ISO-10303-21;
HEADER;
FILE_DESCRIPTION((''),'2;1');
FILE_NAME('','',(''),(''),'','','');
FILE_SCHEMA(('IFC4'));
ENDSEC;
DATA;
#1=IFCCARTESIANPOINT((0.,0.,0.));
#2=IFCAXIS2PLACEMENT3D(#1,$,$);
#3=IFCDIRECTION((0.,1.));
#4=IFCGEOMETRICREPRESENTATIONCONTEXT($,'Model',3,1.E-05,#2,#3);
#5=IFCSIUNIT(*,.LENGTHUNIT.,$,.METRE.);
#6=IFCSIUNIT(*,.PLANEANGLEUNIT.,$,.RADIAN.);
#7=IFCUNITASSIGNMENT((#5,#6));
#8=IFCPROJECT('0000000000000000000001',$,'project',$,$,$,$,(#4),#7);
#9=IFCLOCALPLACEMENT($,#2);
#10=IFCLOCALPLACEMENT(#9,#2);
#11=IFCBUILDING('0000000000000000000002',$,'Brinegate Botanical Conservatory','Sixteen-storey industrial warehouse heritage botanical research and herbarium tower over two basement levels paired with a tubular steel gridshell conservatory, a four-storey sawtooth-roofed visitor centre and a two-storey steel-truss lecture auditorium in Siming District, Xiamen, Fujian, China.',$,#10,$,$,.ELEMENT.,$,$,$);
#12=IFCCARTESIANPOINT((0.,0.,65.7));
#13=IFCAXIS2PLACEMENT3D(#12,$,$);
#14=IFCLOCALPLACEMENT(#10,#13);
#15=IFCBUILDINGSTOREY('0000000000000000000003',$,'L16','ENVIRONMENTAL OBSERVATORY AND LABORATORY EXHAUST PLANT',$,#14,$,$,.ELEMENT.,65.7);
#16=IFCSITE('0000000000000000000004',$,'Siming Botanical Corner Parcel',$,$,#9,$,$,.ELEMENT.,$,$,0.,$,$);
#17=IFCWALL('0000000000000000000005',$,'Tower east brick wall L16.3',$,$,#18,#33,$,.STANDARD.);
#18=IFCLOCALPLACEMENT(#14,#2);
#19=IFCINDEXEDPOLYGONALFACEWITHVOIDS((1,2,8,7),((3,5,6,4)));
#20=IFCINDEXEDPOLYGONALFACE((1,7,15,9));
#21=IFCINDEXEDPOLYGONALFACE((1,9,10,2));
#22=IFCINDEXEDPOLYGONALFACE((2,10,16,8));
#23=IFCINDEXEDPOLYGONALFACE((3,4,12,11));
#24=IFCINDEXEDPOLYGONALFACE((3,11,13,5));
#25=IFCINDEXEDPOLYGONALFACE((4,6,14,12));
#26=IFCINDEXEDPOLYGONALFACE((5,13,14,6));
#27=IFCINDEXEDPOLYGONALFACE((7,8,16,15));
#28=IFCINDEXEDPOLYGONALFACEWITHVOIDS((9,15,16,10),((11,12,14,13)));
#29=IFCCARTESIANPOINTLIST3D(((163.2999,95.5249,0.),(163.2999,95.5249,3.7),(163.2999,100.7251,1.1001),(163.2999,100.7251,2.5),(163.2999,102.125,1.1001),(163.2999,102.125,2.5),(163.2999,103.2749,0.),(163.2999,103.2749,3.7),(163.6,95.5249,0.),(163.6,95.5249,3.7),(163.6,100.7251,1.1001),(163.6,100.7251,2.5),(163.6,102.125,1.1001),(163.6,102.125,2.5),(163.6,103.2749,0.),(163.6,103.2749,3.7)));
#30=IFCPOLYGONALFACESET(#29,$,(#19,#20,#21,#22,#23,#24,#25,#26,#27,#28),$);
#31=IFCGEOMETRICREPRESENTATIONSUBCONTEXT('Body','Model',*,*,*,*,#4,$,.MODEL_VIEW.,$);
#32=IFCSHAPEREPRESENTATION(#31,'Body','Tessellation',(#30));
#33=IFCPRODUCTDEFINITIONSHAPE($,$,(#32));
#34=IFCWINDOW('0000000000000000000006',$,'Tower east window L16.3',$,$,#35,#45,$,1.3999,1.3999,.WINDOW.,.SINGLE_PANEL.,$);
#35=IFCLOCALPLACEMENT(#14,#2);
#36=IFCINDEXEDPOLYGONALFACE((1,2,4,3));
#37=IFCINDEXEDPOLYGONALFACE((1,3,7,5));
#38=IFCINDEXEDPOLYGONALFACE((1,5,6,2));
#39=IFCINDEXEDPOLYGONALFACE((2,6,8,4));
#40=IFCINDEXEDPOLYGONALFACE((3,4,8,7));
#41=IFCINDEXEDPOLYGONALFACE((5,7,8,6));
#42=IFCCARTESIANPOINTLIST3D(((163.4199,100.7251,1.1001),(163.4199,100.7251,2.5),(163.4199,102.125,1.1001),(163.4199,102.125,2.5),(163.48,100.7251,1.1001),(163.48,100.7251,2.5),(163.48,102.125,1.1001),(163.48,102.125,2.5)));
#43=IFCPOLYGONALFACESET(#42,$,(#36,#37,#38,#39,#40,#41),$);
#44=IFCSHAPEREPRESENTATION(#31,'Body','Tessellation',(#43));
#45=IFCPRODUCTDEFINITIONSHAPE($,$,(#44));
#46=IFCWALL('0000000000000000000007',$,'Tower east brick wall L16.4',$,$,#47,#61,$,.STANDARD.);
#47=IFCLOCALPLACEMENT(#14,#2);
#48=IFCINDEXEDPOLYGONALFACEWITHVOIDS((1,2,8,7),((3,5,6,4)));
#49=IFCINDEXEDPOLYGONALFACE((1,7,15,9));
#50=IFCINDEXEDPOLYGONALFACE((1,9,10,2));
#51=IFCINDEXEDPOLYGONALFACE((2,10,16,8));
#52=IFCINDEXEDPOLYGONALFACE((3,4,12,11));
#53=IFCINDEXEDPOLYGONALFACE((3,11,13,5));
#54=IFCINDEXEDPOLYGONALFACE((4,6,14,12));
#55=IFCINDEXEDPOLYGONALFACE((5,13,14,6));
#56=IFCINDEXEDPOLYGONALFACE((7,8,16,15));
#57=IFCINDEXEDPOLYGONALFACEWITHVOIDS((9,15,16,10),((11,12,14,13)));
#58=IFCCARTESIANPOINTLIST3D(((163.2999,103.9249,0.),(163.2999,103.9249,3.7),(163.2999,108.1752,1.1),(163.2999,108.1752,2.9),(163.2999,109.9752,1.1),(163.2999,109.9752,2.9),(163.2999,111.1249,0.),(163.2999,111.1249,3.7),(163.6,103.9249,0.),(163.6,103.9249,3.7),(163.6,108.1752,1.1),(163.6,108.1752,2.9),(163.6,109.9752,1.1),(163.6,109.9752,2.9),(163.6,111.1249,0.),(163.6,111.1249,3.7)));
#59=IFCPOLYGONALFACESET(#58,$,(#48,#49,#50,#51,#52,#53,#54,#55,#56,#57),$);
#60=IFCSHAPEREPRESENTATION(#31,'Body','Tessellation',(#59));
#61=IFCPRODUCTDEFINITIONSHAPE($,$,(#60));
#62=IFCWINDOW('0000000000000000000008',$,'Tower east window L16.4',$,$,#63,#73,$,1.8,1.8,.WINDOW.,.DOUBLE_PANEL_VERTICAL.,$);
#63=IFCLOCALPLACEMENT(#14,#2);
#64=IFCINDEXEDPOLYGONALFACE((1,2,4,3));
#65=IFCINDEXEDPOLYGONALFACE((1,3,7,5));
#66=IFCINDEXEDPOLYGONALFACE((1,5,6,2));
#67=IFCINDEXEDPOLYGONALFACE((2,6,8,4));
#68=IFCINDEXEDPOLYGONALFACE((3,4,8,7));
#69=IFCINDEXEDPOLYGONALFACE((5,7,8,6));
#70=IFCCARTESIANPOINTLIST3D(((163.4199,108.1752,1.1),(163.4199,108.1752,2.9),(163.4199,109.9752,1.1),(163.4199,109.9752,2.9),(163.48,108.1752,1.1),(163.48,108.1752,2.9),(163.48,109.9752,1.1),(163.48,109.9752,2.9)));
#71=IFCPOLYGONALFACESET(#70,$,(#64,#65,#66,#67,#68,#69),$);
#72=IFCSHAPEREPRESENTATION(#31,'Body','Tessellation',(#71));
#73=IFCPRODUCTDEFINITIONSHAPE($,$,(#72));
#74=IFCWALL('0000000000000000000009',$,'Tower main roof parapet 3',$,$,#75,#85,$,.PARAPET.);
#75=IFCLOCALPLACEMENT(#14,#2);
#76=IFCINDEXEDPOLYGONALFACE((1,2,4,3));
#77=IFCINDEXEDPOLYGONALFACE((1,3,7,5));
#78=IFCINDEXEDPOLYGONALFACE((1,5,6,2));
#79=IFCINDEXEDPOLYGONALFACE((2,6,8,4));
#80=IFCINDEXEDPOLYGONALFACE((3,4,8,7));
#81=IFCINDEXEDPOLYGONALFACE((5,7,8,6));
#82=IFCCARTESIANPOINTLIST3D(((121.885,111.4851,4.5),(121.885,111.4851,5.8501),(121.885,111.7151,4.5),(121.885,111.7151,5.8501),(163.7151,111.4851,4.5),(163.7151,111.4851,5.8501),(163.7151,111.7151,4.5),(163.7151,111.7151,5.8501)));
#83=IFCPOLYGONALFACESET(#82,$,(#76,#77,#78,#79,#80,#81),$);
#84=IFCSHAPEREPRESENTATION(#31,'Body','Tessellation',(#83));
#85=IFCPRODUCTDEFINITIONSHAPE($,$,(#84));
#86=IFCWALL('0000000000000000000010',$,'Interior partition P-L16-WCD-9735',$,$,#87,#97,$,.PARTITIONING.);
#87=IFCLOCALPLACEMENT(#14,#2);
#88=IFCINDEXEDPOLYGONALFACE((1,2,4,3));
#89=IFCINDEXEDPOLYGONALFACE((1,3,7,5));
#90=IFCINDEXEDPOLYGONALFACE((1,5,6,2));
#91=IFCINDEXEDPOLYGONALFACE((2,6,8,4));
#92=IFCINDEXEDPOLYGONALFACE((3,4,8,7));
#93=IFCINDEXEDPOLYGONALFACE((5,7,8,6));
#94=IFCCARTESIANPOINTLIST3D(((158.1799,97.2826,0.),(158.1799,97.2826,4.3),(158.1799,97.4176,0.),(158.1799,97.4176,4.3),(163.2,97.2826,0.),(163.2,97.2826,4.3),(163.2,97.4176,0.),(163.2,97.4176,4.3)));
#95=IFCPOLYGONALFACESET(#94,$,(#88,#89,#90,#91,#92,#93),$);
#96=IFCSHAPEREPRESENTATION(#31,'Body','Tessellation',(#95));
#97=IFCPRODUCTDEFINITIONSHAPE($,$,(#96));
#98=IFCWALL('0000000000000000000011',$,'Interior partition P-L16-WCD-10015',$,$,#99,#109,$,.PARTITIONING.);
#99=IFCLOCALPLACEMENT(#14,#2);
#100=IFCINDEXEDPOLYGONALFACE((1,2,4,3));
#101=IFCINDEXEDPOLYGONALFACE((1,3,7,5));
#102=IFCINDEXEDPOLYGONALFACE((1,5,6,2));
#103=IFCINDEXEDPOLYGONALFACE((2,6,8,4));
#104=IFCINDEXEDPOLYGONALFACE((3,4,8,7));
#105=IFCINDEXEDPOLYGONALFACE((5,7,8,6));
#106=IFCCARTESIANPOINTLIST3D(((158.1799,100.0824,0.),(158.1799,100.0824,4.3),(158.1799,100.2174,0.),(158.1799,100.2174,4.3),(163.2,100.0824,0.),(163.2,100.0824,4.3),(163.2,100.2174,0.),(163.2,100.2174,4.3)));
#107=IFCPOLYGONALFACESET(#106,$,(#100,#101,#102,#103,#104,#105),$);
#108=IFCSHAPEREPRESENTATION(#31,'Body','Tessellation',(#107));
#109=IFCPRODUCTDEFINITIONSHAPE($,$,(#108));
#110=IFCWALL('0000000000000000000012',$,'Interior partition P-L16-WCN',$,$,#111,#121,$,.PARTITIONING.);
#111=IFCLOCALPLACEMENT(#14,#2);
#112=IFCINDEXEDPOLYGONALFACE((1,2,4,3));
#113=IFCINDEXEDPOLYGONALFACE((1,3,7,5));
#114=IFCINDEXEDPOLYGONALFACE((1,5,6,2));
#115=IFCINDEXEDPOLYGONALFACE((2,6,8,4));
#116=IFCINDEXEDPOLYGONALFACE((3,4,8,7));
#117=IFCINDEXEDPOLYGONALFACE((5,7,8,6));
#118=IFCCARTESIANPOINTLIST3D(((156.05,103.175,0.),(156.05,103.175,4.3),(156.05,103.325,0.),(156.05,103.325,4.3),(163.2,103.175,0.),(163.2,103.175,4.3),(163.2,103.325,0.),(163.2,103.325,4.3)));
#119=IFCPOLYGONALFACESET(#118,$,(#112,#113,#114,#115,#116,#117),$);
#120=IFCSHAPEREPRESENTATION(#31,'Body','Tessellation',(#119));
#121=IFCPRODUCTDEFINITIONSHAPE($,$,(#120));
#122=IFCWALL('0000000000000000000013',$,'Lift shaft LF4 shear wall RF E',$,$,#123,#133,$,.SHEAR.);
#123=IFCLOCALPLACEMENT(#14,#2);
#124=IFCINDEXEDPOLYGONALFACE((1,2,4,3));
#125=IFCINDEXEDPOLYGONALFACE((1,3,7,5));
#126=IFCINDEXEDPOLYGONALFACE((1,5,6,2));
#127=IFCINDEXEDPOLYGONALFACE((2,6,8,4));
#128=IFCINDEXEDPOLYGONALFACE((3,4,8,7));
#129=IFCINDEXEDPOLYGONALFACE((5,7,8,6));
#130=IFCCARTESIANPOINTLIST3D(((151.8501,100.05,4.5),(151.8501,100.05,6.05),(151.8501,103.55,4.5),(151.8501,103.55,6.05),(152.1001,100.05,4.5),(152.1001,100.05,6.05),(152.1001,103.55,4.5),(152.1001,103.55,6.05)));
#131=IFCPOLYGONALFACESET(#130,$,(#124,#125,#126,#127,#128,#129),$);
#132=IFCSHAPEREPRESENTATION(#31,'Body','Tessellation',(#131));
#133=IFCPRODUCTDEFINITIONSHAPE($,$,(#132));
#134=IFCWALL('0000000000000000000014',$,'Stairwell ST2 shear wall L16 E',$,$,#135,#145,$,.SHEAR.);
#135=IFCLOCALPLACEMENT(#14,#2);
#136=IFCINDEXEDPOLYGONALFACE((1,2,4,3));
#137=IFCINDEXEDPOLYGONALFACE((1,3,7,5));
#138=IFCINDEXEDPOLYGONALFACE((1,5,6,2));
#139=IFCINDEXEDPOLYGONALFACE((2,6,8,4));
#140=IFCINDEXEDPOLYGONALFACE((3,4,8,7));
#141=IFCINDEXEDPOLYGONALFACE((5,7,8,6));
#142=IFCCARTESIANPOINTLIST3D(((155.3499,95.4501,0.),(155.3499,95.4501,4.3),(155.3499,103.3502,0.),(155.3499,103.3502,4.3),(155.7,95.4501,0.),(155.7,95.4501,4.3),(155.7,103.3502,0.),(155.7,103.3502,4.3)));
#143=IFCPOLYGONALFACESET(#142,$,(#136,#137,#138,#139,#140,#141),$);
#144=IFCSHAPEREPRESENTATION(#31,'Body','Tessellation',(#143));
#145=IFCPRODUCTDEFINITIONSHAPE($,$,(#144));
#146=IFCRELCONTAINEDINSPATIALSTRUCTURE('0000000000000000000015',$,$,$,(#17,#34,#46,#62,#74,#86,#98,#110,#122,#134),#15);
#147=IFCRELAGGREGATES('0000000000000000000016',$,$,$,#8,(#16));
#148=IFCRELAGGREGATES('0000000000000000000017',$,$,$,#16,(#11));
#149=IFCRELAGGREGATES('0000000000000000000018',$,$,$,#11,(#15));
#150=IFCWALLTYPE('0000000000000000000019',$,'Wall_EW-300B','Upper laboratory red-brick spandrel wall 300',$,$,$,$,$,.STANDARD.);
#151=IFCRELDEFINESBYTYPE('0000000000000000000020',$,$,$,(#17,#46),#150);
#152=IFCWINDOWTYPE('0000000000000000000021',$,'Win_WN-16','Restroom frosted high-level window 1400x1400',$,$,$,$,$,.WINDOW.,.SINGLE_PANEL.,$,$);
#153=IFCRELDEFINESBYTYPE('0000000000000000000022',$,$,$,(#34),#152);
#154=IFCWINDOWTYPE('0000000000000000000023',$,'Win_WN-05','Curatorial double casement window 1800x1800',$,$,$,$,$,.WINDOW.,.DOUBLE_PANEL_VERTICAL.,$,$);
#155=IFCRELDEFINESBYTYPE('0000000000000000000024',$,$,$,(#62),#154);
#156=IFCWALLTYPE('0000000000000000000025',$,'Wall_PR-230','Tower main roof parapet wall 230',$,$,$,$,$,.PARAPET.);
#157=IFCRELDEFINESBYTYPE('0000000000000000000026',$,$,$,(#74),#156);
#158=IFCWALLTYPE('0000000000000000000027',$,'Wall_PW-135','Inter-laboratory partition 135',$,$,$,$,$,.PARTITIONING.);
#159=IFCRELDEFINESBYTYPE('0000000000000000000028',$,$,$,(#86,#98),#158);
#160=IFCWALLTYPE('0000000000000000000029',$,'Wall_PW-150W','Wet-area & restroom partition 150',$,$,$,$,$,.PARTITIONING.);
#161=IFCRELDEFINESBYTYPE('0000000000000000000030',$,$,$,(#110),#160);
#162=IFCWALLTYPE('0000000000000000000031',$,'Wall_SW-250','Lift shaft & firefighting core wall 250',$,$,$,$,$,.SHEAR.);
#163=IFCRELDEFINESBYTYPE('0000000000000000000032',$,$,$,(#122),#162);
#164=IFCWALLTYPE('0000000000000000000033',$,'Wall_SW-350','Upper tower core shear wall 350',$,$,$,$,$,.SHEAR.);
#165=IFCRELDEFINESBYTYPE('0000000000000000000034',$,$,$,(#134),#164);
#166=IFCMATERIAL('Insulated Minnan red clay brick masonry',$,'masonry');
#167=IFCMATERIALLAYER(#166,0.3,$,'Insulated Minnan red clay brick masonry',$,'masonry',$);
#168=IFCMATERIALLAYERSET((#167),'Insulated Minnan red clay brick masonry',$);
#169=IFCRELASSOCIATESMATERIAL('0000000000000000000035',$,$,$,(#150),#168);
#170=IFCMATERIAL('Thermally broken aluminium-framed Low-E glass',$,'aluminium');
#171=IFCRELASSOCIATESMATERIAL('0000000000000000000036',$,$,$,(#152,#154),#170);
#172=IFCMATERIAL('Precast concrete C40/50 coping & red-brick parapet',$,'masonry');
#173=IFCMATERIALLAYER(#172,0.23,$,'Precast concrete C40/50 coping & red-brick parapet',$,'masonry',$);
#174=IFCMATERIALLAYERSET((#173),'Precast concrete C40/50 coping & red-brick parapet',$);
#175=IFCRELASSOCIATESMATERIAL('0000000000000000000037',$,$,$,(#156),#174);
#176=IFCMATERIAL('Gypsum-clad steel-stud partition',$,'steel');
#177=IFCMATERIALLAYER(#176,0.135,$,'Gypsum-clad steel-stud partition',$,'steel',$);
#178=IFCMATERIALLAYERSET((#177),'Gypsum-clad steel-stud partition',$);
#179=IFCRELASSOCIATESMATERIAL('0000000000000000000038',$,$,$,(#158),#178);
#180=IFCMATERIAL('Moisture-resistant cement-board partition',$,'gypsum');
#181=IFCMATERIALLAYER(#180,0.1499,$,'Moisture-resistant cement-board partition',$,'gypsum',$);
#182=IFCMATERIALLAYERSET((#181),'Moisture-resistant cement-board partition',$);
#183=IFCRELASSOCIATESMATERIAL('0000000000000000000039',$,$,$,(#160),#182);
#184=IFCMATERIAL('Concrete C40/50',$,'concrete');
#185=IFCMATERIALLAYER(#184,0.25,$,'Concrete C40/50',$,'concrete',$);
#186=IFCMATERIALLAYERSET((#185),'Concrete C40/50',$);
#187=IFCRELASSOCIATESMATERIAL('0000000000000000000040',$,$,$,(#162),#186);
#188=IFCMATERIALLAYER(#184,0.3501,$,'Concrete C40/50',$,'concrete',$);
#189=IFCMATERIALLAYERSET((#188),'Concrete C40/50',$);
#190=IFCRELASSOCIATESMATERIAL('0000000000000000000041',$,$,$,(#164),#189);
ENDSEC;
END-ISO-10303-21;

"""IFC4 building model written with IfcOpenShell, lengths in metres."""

from ifc_helpers import new_model, si_unit, direction, frame, frame_2d, origin, place, context, subcontext, project, spatial, rectangle, extrude, material, layer, layer_set, type_object, element, fill, save


model = new_model("IFC4")

# Units and contexts
model_context = context("Model", 3, precision=1e-05, world=origin(), true_north=direction((0.0, 1.0)))
body_context = subcontext(model_context, "Body", "Model", "MODEL_VIEW")
ifc_project = project(units=[si_unit("LENGTHUNIT", "METRE"), si_unit("PLANEANGLEUNIT", "RADIAN")], contexts=[model_context])

# Site, building, storey
site_placement = place(None, origin())
site = spatial("IfcSite", under=ifc_project, at=site_placement, Name="Siming Botanical Corner Parcel", CompositionType="ELEMENT", RefElevation=0.0)
building_placement = place(site_placement, origin())
building = spatial("IfcBuilding", under=site, at=building_placement, Name="Brinegate Botanical Conservatory", Description="Sixteen-storey industrial warehouse heritage botanical research and herbarium tower over two basement levels paired with a tubular steel gridshell conservatory, a four-storey sawtooth-roofed visitor centre and a two-storey steel-truss lecture auditorium in Siming District, Xiamen, Fujian, China.", CompositionType="ELEMENT")
storey_placement = place(building_placement, frame((0.0, 0.0, 65.7)))
storey = spatial("IfcBuildingStorey", under=building, at=storey_placement, Name="L16", Description="ENVIRONMENTAL OBSERVATORY AND LABORATORY EXHAUST PLANT", CompositionType="ELEMENT", Elevation=65.7)

# Shared definitions
ifc_material_1 = material(Name="Concrete C40/50", Category="concrete")

# Walls, openings, windows
ifc_material_2 = material(Name="Insulated Minnan red clay brick masonry", Category="masonry")
ifc_layer_1 = layer(ifc_material_2, 0.3, Name="Insulated Minnan red clay brick masonry", Category="masonry")
ifc_layer_set_1 = layer_set([ifc_layer_1], Name="Insulated Minnan red clay brick masonry")
wall_type_1 = type_object("IfcWallType", Name="Wall_EW-300B", Description="Upper laboratory red-brick spandrel wall 300", PredefinedType="STANDARD", material=ifc_layer_set_1)
ifc_material_3 = material(Name="Thermally broken aluminium-framed Low-E glass", Category="aluminium")
wall_1_placement = place(storey_placement, frame((163.45, 103.2749, 0.0), z_axis=(0.0, 0.0, 1.0), x_axis=(0.0, -1.0, 0.0)))
wall_1 = element("IfcWall", 1, at=wall_1_placement, inside=storey, type_object=wall_type_1, Name="Tower east brick wall L16.3", PredefinedType="STANDARD", context=body_context, shape_type="SweptSolid", body=[
    extrude(rectangle(XDim=7.75, YDim=0.3, at=frame_2d((3.875, 0.0))), origin(), (0.0, 0.0, 1.0), 3.7),
])
opening_1_placement = place(wall_1_placement, frame((1.1499, 0.0, 1.1001)))
opening_1 = element("IfcOpeningElement", 2, at=opening_1_placement, cuts=wall_1, PredefinedType="OPENING", context=body_context, shape_type="SweptSolid", body=[
    extrude(rectangle(XDim=1.3999, YDim=1.3999, at=frame_2d((0.7, 0.7))), frame((0.0, 0.1599, 0.0), z_axis=(0.0, -1.0, 0.0), x_axis=(1.0, 0.0, 0.0)), (0.0, 0.0, 1.0), 0.3201),
])
window_type_1 = type_object("IfcWindowType", Name="Win_WN-16", Description="Restroom frosted high-level window 1400x1400", PartitioningType="SINGLE_PANEL", PredefinedType="WINDOW", material=ifc_material_3)
window_1_placement = place(opening_1_placement, origin())
window_1 = element("IfcWindow", 3, at=window_1_placement, inside=storey, type_object=window_type_1, Name="Tower east window L16.3", OverallHeight=1.3999, OverallWidth=1.3999, PartitioningType="SINGLE_PANEL", PredefinedType="WINDOW", context=body_context, shape_type="SweptSolid", body=[
    extrude(rectangle(XDim=1.3999, YDim=1.3999, at=frame_2d((0.7, 0.7))), frame((0.0, 0.03, 0.0), z_axis=(0.0, -1.0, 0.0), x_axis=(1.0, 0.0, 0.0)), (0.0, 0.0, 1.0), 0.0601),
])
fill(opening_1, window_1)
wall_2_placement = place(storey_placement, frame((163.45, 111.125, 0.0), z_axis=(0.0, 0.0, 1.0), x_axis=(0.0, -1.0, 0.0)))
wall_2 = element("IfcWall", 4, at=wall_2_placement, inside=storey, type_object=wall_type_1, Name="Tower east brick wall L16.4", PredefinedType="STANDARD", context=body_context, shape_type="SweptSolid", body=[
    extrude(rectangle(XDim=7.2, YDim=0.3, at=frame_2d((3.6001, 0.0))), origin(), (0.0, 0.0, 1.0), 3.7),
])
opening_2_placement = place(wall_2_placement, frame((1.1499, 0.0, 1.1001)))
opening_2 = element("IfcOpeningElement", 5, at=opening_2_placement, cuts=wall_2, PredefinedType="OPENING", context=body_context, shape_type="SweptSolid", body=[
    extrude(rectangle(XDim=1.8, YDim=1.8, at=frame_2d((0.8999, 0.8999))), frame((0.0, 0.1599, 0.0), z_axis=(0.0, -1.0, 0.0), x_axis=(1.0, 0.0, 0.0)), (0.0, 0.0, 1.0), 0.3201),
])
window_type_2 = type_object("IfcWindowType", Name="Win_WN-05", Description="Curatorial double casement window 1800x1800", PartitioningType="DOUBLE_PANEL_VERTICAL", PredefinedType="WINDOW", material=ifc_material_3)
window_2_placement = place(opening_2_placement, origin())
window_2 = element("IfcWindow", 6, at=window_2_placement, inside=storey, type_object=window_type_2, Name="Tower east window L16.4", OverallHeight=1.8, OverallWidth=1.8, PartitioningType="DOUBLE_PANEL_VERTICAL", PredefinedType="WINDOW", context=body_context, shape_type="SweptSolid", body=[
    extrude(rectangle(XDim=1.8, YDim=1.8, at=frame_2d((0.8999, 0.8999))), frame((0.0, 0.03, 0.0), z_axis=(0.0, -1.0, 0.0), x_axis=(1.0, 0.0, 0.0)), (0.0, 0.0, 1.0), 0.0601),
])
fill(opening_2, window_2)

# Walls
ifc_material_4 = material(Name="Precast concrete C40/50 coping & red-brick parapet", Category="masonry")
ifc_layer_2 = layer(ifc_material_4, 0.23, Name="Precast concrete C40/50 coping & red-brick parapet", Category="masonry")
ifc_layer_set_2 = layer_set([ifc_layer_2], Name="Precast concrete C40/50 coping & red-brick parapet")
wall_type_2 = type_object("IfcWallType", Name="Wall_PR-230", Description="Tower main roof parapet wall 230", PredefinedType="PARAPET", material=ifc_layer_set_2)
wall_3_placement = place(storey_placement, frame((163.7151, 111.6001, 4.5), z_axis=(0.0, 0.0, 1.0), x_axis=(-1.0, 0.0, 0.0)))
element("IfcWall", 7, at=wall_3_placement, inside=storey, type_object=wall_type_2, Name="Tower main roof parapet 3", PredefinedType="PARAPET", context=body_context, shape_type="SweptSolid", body=[
    extrude(rectangle(XDim=41.8301, YDim=0.23, at=frame_2d((20.915, 0.0))), origin(), (0.0, 0.0, 1.0), 1.3501),
])
ifc_material_5 = material(Name="Gypsum-clad steel-stud partition", Category="steel")
ifc_layer_3 = layer(ifc_material_5, 0.135, Name="Gypsum-clad steel-stud partition", Category="steel")
ifc_layer_set_3 = layer_set([ifc_layer_3], Name="Gypsum-clad steel-stud partition")
wall_type_3 = type_object("IfcWallType", Name="Wall_PW-135", Description="Inter-laboratory partition 135", PredefinedType="PARTITIONING", material=ifc_layer_set_3)
for number, where, z_axis, x_axis, name in (
    (8, (158.1799, 97.3501, 0.0), (0.0, 0.0, 1.0), (1.0, 0.0, 0.0), "Interior partition P-L16-WCD-9735"),
    (9, (158.1799, 100.1499, 0.0), (0.0, 0.0, 1.0), (1.0, 0.0, 0.0), "Interior partition P-L16-WCD-10015"),
):
    element("IfcWall", number, at=place(storey_placement, frame(where, z_axis=z_axis, x_axis=x_axis)), inside=storey, type_object=wall_type_3, Name=name, PredefinedType="PARTITIONING", context=body_context, shape_type="SweptSolid", body=[
        extrude(rectangle(XDim=5.02, YDim=0.135, at=frame_2d((2.51, 0.0))), origin(), (0.0, 0.0, 1.0), 4.3),
    ])
ifc_material_6 = material(Name="Moisture-resistant cement-board partition", Category="gypsum")
ifc_layer_4 = layer(ifc_material_6, 0.1499, Name="Moisture-resistant cement-board partition", Category="gypsum")
ifc_layer_set_4 = layer_set([ifc_layer_4], Name="Moisture-resistant cement-board partition")
wall_type_4 = type_object("IfcWallType", Name="Wall_PW-150W", Description="Wet-area & restroom partition 150", PredefinedType="PARTITIONING", material=ifc_layer_set_4)
wall_4_placement = place(storey_placement, frame((156.05, 103.25, 0.0), z_axis=(0.0, 0.0, 1.0), x_axis=(1.0, 0.0, 0.0)))
element("IfcWall", 10, at=wall_4_placement, inside=storey, type_object=wall_type_4, Name="Interior partition P-L16-WCN", PredefinedType="PARTITIONING", context=body_context, shape_type="SweptSolid", body=[
    extrude(rectangle(XDim=7.1499, YDim=0.1499, at=frame_2d((3.575, 0.0))), origin(), (0.0, 0.0, 1.0), 4.3),
])
ifc_layer_5 = layer(ifc_material_1, 0.25, Name="Concrete C40/50", Category="concrete")
ifc_layer_set_5 = layer_set([ifc_layer_5], Name="Concrete C40/50")
wall_type_5 = type_object("IfcWallType", Name="Wall_SW-250", Description="Lift shaft & firefighting core wall 250", PredefinedType="SHEAR", material=ifc_layer_set_5)
wall_5_placement = place(storey_placement, frame((151.9751, 100.05, 4.5), z_axis=(0.0, 0.0, 1.0), x_axis=(0.0, 1.0, 0.0)))
element("IfcWall", 11, at=wall_5_placement, inside=storey, type_object=wall_type_5, Name="Lift shaft LF4 shear wall RF E", PredefinedType="SHEAR", context=body_context, shape_type="SweptSolid", body=[
    extrude(rectangle(XDim=3.5, YDim=0.25, at=frame_2d((1.75, 0.0))), origin(), (0.0, 0.0, 1.0), 1.55),
])

# Shared definitions
ifc_layer_6 = layer(ifc_material_1, 0.3501, Name="Concrete C40/50", Category="concrete")
ifc_layer_set_6 = layer_set([ifc_layer_6], Name="Concrete C40/50")
wall_type_6 = type_object("IfcWallType", Name="Wall_SW-350", Description="Upper tower core shear wall 350", PredefinedType="SHEAR", material=ifc_layer_set_6)

# Wall
wall_6_placement = place(storey_placement, frame((155.5249, 95.45, 0.0), z_axis=(0.0, 0.0, 1.0), x_axis=(0.0, 1.0, 0.0)))
element("IfcWall", 12, at=wall_6_placement, inside=storey, type_object=wall_type_6, Name="Stairwell ST2 shear wall L16 E", PredefinedType="SHEAR", context=body_context, shape_type="SweptSolid", body=[
    extrude(rectangle(XDim=7.9001, YDim=0.3501, at=frame_2d((3.9502, 0.0))), origin(), (0.0, 0.0, 1.0), 4.3),
])

save(model, "model.ifc")
